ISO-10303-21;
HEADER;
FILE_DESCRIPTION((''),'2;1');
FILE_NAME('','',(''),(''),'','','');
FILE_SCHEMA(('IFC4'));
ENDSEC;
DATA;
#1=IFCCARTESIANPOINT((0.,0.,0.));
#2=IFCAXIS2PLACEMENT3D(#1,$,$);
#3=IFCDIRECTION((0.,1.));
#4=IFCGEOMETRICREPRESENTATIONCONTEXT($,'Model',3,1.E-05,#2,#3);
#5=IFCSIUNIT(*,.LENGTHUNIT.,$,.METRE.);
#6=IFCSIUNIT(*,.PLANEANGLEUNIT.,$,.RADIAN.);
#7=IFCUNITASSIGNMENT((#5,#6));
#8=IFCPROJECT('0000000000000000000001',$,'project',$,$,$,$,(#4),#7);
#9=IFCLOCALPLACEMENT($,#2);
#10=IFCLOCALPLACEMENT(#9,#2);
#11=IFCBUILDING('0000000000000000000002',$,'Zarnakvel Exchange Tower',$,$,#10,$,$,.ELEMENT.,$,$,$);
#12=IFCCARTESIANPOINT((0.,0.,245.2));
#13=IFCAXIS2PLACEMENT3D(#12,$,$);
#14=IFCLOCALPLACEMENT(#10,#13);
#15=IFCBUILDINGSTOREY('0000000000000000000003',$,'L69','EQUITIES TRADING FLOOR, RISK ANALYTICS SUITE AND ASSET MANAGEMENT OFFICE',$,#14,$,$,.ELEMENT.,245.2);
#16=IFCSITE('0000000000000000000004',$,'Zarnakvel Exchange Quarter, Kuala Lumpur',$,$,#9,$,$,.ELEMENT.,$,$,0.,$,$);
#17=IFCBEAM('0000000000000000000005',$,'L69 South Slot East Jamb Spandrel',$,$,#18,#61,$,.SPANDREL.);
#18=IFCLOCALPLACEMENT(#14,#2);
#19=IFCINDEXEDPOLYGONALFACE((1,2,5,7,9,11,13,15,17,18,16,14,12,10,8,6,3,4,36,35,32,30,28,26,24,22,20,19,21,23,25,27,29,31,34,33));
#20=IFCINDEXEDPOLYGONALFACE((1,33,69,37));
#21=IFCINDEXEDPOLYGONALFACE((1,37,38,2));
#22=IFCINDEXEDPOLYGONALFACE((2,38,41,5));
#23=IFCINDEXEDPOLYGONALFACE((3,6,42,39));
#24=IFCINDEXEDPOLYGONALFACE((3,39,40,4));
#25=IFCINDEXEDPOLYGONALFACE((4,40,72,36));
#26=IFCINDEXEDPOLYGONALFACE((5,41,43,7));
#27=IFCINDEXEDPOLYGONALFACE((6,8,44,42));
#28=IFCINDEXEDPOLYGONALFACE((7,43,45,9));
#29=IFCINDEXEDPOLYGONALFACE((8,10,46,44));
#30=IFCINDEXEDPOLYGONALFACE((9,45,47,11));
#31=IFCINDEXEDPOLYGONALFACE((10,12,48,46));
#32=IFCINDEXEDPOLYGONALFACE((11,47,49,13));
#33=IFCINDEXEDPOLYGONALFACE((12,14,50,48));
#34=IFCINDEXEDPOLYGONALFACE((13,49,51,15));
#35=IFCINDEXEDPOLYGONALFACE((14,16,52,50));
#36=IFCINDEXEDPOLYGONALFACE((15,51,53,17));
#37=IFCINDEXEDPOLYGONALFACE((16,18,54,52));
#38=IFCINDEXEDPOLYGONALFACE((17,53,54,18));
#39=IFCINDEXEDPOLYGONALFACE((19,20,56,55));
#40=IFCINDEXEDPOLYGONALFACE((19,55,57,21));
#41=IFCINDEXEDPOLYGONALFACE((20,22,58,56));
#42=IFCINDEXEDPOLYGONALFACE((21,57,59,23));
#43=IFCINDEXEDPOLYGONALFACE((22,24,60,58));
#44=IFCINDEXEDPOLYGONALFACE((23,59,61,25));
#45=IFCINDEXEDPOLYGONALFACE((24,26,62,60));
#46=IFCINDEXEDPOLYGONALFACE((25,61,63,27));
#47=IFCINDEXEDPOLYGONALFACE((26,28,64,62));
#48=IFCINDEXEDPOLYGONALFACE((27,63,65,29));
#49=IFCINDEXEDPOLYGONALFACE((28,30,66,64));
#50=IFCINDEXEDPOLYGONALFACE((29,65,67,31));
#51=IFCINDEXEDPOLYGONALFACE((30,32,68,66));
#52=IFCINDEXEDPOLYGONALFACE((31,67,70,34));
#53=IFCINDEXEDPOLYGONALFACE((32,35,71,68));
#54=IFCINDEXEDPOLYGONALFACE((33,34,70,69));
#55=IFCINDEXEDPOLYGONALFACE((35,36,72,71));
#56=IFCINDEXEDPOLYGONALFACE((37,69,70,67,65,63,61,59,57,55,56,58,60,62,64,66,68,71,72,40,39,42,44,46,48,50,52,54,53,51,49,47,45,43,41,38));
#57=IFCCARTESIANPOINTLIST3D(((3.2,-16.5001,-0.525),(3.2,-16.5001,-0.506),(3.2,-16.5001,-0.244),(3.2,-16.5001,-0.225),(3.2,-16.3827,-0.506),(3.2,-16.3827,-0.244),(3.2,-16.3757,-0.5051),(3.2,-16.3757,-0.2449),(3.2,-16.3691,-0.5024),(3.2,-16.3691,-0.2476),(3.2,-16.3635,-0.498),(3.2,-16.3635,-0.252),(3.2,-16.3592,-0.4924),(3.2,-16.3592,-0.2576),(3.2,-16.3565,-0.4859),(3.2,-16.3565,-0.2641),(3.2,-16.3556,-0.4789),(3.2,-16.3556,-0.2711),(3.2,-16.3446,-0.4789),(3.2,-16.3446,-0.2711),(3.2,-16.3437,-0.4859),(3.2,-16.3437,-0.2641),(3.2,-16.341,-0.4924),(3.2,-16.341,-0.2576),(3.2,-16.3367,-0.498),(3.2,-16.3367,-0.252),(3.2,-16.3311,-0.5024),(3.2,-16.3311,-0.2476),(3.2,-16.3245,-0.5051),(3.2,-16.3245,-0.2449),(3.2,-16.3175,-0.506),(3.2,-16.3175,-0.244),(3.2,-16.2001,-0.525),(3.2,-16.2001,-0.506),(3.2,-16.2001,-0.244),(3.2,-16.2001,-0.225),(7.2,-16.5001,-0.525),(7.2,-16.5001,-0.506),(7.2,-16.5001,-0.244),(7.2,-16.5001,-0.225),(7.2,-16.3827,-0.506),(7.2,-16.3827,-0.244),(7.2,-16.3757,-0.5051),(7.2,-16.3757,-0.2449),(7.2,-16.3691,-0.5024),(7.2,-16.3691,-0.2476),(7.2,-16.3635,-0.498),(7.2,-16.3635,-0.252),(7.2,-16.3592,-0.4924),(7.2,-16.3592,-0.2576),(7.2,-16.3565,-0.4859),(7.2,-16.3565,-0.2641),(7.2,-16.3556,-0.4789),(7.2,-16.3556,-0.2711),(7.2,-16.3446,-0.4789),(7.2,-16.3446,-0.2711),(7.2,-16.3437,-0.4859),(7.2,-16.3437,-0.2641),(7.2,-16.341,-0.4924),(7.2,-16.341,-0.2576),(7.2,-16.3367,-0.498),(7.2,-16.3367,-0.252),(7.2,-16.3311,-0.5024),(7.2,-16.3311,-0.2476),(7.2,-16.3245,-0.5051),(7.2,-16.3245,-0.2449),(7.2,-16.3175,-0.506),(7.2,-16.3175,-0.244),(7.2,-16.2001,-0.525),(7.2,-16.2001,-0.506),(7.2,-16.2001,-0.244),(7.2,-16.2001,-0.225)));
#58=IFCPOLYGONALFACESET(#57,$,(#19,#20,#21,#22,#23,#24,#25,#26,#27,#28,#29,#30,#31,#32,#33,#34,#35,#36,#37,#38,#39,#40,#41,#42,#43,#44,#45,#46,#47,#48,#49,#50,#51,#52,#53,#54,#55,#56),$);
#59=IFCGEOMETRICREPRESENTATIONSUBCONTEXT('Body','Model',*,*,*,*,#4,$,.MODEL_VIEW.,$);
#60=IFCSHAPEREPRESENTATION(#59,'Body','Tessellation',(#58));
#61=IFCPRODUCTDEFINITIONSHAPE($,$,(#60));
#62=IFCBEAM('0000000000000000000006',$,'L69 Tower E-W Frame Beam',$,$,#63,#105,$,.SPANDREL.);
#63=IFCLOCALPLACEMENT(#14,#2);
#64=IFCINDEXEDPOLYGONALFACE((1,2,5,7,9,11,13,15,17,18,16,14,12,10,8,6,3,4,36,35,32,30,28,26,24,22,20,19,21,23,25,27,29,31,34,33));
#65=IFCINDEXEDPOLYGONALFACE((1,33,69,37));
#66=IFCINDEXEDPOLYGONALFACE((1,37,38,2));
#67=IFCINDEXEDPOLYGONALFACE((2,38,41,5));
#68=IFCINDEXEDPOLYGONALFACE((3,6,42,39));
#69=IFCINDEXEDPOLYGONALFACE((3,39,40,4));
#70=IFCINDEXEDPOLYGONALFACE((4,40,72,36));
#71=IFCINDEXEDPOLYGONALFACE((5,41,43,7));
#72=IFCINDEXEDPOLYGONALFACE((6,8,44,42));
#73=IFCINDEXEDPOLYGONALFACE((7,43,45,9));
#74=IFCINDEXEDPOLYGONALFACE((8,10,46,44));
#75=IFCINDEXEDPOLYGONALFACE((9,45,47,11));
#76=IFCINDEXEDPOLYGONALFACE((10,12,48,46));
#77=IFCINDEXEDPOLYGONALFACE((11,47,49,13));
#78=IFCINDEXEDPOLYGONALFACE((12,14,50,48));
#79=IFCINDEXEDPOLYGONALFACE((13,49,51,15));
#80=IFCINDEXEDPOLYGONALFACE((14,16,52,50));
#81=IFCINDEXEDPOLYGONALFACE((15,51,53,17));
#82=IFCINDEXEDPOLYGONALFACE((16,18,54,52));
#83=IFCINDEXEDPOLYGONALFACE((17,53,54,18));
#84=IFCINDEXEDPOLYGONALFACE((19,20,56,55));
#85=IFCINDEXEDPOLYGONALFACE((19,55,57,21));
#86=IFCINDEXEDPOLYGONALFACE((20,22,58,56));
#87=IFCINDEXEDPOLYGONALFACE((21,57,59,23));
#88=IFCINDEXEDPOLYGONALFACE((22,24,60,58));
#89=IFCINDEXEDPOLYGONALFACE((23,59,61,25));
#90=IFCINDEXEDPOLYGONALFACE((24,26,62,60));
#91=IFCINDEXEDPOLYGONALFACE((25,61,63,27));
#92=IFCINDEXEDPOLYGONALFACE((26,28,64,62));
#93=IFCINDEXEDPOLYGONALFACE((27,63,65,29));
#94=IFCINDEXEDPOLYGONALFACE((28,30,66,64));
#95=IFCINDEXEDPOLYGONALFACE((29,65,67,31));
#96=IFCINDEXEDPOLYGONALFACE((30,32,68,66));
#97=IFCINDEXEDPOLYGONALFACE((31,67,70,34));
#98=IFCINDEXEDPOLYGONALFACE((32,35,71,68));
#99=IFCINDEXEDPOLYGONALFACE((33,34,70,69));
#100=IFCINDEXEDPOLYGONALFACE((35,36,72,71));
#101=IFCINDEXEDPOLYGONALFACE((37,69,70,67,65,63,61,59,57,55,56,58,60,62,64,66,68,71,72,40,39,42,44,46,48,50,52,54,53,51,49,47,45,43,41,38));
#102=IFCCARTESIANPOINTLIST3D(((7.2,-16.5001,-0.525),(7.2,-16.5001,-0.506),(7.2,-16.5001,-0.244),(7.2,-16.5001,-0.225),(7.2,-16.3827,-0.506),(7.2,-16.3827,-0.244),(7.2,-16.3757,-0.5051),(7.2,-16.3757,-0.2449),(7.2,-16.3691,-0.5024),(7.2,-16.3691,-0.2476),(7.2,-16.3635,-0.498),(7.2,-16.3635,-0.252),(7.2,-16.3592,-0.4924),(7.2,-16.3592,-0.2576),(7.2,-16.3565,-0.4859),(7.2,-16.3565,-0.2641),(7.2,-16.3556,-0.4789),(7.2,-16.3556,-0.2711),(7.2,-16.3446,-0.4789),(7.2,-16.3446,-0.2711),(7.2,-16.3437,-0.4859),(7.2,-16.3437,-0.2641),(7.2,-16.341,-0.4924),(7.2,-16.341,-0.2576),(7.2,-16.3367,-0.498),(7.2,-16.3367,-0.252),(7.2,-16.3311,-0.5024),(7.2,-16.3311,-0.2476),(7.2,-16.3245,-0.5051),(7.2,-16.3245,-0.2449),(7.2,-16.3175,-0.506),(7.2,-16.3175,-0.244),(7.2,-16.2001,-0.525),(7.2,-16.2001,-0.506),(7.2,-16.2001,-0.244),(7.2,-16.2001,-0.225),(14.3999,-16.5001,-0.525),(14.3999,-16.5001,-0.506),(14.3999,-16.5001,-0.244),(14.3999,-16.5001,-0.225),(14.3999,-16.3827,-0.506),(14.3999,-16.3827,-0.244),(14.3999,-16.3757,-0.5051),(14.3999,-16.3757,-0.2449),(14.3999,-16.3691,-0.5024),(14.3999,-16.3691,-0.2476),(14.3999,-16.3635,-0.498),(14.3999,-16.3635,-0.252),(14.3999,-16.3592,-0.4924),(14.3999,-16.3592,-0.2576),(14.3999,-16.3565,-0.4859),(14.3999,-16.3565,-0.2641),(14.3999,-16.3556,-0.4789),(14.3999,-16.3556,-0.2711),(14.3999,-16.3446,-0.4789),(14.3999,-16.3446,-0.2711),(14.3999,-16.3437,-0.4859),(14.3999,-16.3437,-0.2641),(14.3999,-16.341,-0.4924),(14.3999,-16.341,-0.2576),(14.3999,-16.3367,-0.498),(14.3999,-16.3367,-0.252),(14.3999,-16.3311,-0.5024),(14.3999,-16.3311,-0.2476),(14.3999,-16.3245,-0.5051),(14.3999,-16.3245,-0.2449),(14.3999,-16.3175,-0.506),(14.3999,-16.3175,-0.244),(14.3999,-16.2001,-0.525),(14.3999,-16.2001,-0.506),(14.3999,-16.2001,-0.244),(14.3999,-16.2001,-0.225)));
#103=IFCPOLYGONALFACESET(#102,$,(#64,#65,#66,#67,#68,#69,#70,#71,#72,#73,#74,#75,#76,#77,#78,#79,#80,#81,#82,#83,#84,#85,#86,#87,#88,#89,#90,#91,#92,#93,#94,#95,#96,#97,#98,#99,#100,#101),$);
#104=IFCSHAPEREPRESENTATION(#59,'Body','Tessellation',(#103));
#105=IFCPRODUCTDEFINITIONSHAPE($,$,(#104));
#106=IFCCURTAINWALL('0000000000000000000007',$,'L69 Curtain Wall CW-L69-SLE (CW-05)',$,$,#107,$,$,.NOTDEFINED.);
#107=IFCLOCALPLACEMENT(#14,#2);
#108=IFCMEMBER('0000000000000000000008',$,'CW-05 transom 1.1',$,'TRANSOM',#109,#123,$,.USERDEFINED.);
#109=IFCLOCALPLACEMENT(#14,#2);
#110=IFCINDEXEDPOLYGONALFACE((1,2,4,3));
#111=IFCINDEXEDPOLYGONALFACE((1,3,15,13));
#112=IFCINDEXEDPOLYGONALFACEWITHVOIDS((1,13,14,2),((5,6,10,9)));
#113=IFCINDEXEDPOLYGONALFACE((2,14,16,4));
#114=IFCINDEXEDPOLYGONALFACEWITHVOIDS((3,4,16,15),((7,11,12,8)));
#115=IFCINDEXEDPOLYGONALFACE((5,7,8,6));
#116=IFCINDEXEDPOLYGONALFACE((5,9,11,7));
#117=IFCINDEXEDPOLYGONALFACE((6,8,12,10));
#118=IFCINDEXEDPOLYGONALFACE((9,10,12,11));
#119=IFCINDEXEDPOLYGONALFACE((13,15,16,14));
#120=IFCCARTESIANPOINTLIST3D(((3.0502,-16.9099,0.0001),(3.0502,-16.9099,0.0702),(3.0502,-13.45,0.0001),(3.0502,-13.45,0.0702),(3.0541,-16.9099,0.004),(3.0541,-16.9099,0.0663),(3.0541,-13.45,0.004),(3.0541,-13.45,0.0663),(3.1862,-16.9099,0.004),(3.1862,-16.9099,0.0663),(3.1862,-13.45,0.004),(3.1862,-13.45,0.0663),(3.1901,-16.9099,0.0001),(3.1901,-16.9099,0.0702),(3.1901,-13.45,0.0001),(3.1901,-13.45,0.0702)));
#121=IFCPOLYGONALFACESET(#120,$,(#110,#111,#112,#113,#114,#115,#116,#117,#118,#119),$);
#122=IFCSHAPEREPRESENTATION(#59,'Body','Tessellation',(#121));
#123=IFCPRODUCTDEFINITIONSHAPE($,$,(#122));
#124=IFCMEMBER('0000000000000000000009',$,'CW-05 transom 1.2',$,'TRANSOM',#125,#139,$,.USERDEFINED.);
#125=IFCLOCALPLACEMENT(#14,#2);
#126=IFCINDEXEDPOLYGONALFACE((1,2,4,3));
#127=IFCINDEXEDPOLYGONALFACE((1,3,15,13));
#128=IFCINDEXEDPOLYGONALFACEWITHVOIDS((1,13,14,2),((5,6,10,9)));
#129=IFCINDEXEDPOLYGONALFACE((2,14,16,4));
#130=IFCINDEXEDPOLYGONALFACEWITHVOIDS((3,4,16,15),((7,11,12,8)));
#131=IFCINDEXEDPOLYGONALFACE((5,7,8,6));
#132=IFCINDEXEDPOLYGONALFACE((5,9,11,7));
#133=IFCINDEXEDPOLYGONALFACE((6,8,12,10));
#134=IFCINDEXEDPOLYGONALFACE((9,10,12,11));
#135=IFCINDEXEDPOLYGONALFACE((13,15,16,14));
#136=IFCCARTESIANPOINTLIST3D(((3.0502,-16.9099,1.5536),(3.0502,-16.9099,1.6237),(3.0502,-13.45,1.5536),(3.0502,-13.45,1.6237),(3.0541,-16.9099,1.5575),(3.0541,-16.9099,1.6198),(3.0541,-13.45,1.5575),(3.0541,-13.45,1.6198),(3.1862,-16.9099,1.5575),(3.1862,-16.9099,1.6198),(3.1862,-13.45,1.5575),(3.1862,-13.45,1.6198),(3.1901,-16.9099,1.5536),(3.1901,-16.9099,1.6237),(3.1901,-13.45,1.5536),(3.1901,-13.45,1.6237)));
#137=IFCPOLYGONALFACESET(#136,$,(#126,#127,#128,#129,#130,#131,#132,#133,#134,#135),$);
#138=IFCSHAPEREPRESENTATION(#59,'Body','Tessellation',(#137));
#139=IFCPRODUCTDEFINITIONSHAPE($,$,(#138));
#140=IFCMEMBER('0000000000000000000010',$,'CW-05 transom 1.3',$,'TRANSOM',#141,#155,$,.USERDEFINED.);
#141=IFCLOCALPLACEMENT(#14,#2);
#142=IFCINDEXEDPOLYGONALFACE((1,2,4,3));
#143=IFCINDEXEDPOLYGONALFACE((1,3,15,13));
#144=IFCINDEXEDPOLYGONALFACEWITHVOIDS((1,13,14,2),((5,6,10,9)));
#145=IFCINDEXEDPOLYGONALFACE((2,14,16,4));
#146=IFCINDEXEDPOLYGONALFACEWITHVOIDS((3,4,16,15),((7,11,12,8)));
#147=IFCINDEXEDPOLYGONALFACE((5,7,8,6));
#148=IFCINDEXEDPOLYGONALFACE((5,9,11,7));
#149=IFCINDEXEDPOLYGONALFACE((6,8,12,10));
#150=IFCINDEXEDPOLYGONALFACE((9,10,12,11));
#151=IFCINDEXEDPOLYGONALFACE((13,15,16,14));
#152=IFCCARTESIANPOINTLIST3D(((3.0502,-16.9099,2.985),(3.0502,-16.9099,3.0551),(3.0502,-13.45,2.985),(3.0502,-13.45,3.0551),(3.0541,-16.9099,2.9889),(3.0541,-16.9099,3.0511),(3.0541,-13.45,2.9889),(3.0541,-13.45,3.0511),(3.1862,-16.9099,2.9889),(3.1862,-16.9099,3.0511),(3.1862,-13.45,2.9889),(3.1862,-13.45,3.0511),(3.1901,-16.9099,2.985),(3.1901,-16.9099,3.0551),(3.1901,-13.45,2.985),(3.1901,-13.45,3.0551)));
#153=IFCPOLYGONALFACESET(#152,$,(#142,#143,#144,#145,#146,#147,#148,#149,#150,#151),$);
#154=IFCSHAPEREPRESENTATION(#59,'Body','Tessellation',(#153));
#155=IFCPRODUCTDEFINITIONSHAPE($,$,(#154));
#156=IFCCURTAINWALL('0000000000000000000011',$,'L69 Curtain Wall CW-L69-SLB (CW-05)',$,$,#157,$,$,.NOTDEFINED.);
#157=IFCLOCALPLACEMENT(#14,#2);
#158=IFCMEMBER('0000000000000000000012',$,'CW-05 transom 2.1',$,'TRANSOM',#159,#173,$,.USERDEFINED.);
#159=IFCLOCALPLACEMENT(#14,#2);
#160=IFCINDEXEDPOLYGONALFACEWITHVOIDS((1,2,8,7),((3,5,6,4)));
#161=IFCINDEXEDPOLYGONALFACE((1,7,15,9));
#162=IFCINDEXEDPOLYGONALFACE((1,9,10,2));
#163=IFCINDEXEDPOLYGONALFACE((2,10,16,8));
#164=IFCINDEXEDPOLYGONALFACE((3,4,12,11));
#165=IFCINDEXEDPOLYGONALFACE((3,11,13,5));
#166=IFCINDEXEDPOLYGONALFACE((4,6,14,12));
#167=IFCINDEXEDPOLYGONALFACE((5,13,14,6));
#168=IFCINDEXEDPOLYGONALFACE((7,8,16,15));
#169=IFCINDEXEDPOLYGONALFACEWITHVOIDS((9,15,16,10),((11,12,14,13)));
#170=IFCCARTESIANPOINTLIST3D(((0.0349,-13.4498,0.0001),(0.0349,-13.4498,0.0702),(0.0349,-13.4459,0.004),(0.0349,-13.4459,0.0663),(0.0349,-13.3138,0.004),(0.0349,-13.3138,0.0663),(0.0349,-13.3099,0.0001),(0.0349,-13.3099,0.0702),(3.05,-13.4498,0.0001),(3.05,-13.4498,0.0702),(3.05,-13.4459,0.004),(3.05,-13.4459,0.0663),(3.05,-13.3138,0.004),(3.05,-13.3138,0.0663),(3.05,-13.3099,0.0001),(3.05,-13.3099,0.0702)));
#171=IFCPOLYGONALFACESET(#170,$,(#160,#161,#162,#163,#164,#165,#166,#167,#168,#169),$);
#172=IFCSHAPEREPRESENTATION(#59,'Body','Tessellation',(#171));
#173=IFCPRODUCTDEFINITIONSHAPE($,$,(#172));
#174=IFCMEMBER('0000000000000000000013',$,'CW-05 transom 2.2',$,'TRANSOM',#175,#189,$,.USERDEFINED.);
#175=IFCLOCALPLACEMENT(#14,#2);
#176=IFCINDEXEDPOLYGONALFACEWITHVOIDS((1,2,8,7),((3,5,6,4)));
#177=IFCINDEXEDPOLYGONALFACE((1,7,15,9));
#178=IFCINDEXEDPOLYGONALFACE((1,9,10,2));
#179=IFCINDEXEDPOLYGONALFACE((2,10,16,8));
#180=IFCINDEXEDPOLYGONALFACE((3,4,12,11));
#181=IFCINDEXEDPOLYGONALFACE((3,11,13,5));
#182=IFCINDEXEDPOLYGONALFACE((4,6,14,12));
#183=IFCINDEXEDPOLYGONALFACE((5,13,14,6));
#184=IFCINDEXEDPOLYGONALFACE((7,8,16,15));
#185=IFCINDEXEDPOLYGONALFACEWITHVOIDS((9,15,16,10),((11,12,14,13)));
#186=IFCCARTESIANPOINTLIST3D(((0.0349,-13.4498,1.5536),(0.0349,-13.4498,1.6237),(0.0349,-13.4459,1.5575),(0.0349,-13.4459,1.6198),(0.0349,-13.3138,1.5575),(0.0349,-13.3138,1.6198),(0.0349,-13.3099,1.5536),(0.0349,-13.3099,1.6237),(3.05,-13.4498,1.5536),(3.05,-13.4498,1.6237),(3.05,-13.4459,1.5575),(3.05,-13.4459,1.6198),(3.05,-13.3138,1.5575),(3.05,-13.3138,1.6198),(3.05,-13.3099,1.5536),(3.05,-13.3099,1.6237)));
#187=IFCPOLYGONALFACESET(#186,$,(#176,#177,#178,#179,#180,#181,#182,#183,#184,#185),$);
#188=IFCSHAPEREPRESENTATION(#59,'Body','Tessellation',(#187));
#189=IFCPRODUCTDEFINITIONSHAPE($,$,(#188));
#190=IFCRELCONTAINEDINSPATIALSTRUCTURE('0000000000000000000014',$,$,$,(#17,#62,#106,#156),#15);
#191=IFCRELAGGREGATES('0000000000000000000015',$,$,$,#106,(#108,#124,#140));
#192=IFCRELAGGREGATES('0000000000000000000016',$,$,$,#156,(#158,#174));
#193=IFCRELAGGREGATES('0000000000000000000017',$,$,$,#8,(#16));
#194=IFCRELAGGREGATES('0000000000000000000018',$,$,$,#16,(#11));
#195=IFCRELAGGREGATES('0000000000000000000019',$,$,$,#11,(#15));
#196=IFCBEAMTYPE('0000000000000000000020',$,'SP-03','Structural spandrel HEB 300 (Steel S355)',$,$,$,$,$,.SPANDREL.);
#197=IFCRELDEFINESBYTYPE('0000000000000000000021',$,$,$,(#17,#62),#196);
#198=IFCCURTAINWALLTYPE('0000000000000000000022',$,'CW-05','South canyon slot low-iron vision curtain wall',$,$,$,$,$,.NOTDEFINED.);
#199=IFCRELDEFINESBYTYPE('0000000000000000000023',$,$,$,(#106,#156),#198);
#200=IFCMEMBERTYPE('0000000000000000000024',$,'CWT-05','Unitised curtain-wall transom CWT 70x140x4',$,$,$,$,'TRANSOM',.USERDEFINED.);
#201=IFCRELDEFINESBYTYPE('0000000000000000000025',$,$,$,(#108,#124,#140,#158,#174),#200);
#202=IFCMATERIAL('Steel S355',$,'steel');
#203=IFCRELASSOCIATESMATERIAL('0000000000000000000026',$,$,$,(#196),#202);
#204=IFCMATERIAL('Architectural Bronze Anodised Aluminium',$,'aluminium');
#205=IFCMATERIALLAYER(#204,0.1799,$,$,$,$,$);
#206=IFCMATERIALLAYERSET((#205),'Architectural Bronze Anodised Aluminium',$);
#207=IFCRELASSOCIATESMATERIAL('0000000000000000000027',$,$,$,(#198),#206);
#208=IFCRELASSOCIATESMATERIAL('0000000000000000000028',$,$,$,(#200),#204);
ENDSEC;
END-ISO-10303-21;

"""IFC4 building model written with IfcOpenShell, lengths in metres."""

from ifc_helpers import new_model, si_unit, direction, frame, origin, origin_2d, place, context, subcontext, project, spatial, hollow_rectangle, i_section, extrude, source, transform, mapped, material, layer, layer_set, material_profile, profile_set, type_object, element, aggregate, save


model = new_model("IFC4")

# Units and contexts
model_context = context("Model", 3, precision=1e-05, world=origin(), true_north=direction((0.0, 1.0)))
body_context = subcontext(model_context, "Body", "Model", "MODEL_VIEW")
ifc_project = project(units=[si_unit("LENGTHUNIT", "METRE"), si_unit("PLANEANGLEUNIT", "RADIAN")], contexts=[model_context])

# Site, building, storey
site_placement = place(None, origin())
site = spatial("IfcSite", under=ifc_project, at=site_placement, Name="Zarnakvel Exchange Quarter, Kuala Lumpur", CompositionType="ELEMENT", RefElevation=0.0)
building_placement = place(site_placement, origin())
building = spatial("IfcBuilding", under=site, at=building_placement, Name="Zarnakvel Exchange Tower", CompositionType="ELEMENT")
storey_placement = place(building_placement, frame((0.0, 0.0, 245.2)))
storey = spatial("IfcBuildingStorey", under=building, at=storey_placement, Name="L69", Description="EQUITIES TRADING FLOOR, RISK ANALYTICS SUITE AND ASSET MANAGEMENT OFFICE", CompositionType="ELEMENT", Elevation=245.2)

# Beams
ifc_material_1 = material(Name="Steel S355", Category="steel")
ifc_material_profile_1 = material_profile(ifc_material_1, i_section(OverallWidth=0.3, OverallDepth=0.3, WebThickness=0.011, FlangeThickness=0.019, FilletRadius=0.0271, at=origin_2d()))
ifc_profile_set_1 = profile_set([ifc_material_profile_1], Name="Steel S355")
beam_type_1 = type_object("IfcBeamType", Name="SP-03", Description="Structural spandrel HEB 300 (Steel S355)", PredefinedType="SPANDREL", material=ifc_profile_set_1)
beam_1_placement = place(storey_placement, frame((3.2, -16.3501, -0.375), z_axis=(1.0, 0.0, 0.0), x_axis=(0.0, 1.0, 0.0)))
element("IfcBeam", 1, at=beam_1_placement, inside=storey, type_object=beam_type_1, Name="L69 South Slot East Jamb Spandrel", PredefinedType="SPANDREL", context=body_context, shape_type="SweptSolid", body=[
    extrude(i_section(OverallWidth=0.3, OverallDepth=0.3, WebThickness=0.011, FlangeThickness=0.019, FilletRadius=0.0271, at=origin_2d()), origin(), (0.0, 0.0, 1.0), 4.0),
])
beam_2_placement = place(storey_placement, frame((7.2, -16.3501, -0.375), z_axis=(1.0, 0.0, 0.0), x_axis=(0.0, 1.0, 0.0)))
element("IfcBeam", 2, at=beam_2_placement, inside=storey, type_object=beam_type_1, Name="L69 Tower E-W Frame Beam", PredefinedType="SPANDREL", context=body_context, shape_type="SweptSolid", body=[
    extrude(i_section(OverallWidth=0.3, OverallDepth=0.3, WebThickness=0.011, FlangeThickness=0.019, FilletRadius=0.0271, at=origin_2d()), origin(), (0.0, 0.0, 1.0), 7.2),
])

# Curtain walls, members
ifc_material_2 = material(Name="Architectural Bronze Anodised Aluminium", Category="aluminium")
ifc_layer_1 = layer(ifc_material_2, 0.1799)
ifc_layer_set_1 = layer_set([ifc_layer_1], Name="Architectural Bronze Anodised Aluminium")
curtain_wall_type = type_object("IfcCurtainWallType", Name="CW-05", Description="South canyon slot low-iron vision curtain wall", PredefinedType="NOTDEFINED", material=ifc_layer_set_1)
curtain_wall_1_placement = place(storey_placement, origin())
curtain_wall_1 = element("IfcCurtainWall", 3, at=curtain_wall_1_placement, inside=storey, type_object=curtain_wall_type, Name="L69 Curtain Wall CW-L69-SLE (CW-05)", PredefinedType="NOTDEFINED")
ifc_material_profile_2 = material_profile(ifc_material_2, hollow_rectangle(XDim=0.1399, YDim=0.0701, WallThickness=0.0039, at=origin_2d()))
ifc_profile_set_2 = profile_set([ifc_material_profile_2], Name="Architectural Bronze Anodised Aluminium")
member_type_1 = type_object("IfcMemberType", Name="CWT-05", Description="Unitised curtain-wall transom CWT 70x140x4", ElementType="TRANSOM", PredefinedType="USERDEFINED", material=ifc_profile_set_2)
shared_shape_1 = source(origin(), body_context, "Body", "SweptSolid", [
    extrude(hollow_rectangle(XDim=0.1399, YDim=0.0701, WallThickness=0.0039, at=origin_2d()), origin(), (0.0, 0.0, 1.0), 3.46),
])
member_1_placement = place(storey_placement, frame((3.1201, -13.45, 0.0352), z_axis=(0.0, -1.0, 0.0), x_axis=(1.0, 0.0, 0.0)))
member_1 = element("IfcMember", 4, at=member_1_placement, type_object=member_type_1, Name="CW-05 transom 1.1", ObjectType="TRANSOM", PredefinedType="USERDEFINED", context=body_context, shape_type="MappedRepresentation", body=[
    mapped(shared_shape_1, transform((0.0, 0.0, 0.0), x_axis=(1.0, 0.0, 0.0), y_axis=(0.0, 1.0, 0.0), z_axis=(0.0, 0.0, 1.0), scale=1.0)),
])
member_2_placement = place(storey_placement, frame((3.1201, -13.45, 1.5886), z_axis=(0.0, -1.0, 0.0), x_axis=(1.0, 0.0, 0.0)))
member_2 = element("IfcMember", 5, at=member_2_placement, type_object=member_type_1, Name="CW-05 transom 1.2", ObjectType="TRANSOM", PredefinedType="USERDEFINED", context=body_context, shape_type="MappedRepresentation", body=[
    mapped(shared_shape_1, transform((0.0, 0.0, 0.0), x_axis=(1.0, 0.0, 0.0), y_axis=(0.0, 1.0, 0.0), z_axis=(0.0, 0.0, 1.0), scale=1.0)),
])
member_3_placement = place(storey_placement, frame((3.1201, -13.45, 3.02), z_axis=(0.0, -1.0, 0.0), x_axis=(1.0, 0.0, 0.0)))
member_3 = element("IfcMember", 6, at=member_3_placement, type_object=member_type_1, Name="CW-05 transom 1.3", ObjectType="TRANSOM", PredefinedType="USERDEFINED", context=body_context, shape_type="MappedRepresentation", body=[
    mapped(shared_shape_1, transform((0.0, 0.0, 0.0), x_axis=(1.0, 0.0, 0.0), y_axis=(0.0, 1.0, 0.0), z_axis=(0.0, 0.0, 1.0), scale=1.0)),
])
curtain_wall_2_placement = place(storey_placement, origin())
curtain_wall_2 = element("IfcCurtainWall", 7, at=curtain_wall_2_placement, inside=storey, type_object=curtain_wall_type, Name="L69 Curtain Wall CW-L69-SLB (CW-05)", PredefinedType="NOTDEFINED")
shared_shape_2 = source(origin(), body_context, "Body", "SweptSolid", [
    extrude(hollow_rectangle(XDim=0.1399, YDim=0.0701, WallThickness=0.0039, at=origin_2d()), origin(), (0.0, 0.0, 1.0), 3.0151),
])
member_4_placement = place(storey_placement, frame((0.0349, -13.3799, 0.0352), z_axis=(1.0, 0.0, 0.0), x_axis=(0.0, 1.0, 0.0)))
member_4 = element("IfcMember", 8, at=member_4_placement, type_object=member_type_1, Name="CW-05 transom 2.1", ObjectType="TRANSOM", PredefinedType="USERDEFINED", context=body_context, shape_type="MappedRepresentation", body=[
    mapped(shared_shape_2, transform((0.0, 0.0, 0.0), x_axis=(1.0, 0.0, 0.0), y_axis=(0.0, 1.0, 0.0), z_axis=(0.0, 0.0, 1.0), scale=1.0)),
])
member_5_placement = place(storey_placement, frame((0.0349, -13.3799, 1.5886), z_axis=(1.0, 0.0, 0.0), x_axis=(0.0, 1.0, 0.0)))
member_5 = element("IfcMember", 9, at=member_5_placement, type_object=member_type_1, Name="CW-05 transom 2.2", ObjectType="TRANSOM", PredefinedType="USERDEFINED", context=body_context, shape_type="MappedRepresentation", body=[
    mapped(shared_shape_2, transform((0.0, 0.0, 0.0), x_axis=(1.0, 0.0, 0.0), y_axis=(0.0, 1.0, 0.0), z_axis=(0.0, 0.0, 1.0), scale=1.0)),
])

aggregate(curtain_wall_1, [member_1, member_2, member_3])
aggregate(curtain_wall_2, [member_4, member_5])

save(model, "model.ifc")
